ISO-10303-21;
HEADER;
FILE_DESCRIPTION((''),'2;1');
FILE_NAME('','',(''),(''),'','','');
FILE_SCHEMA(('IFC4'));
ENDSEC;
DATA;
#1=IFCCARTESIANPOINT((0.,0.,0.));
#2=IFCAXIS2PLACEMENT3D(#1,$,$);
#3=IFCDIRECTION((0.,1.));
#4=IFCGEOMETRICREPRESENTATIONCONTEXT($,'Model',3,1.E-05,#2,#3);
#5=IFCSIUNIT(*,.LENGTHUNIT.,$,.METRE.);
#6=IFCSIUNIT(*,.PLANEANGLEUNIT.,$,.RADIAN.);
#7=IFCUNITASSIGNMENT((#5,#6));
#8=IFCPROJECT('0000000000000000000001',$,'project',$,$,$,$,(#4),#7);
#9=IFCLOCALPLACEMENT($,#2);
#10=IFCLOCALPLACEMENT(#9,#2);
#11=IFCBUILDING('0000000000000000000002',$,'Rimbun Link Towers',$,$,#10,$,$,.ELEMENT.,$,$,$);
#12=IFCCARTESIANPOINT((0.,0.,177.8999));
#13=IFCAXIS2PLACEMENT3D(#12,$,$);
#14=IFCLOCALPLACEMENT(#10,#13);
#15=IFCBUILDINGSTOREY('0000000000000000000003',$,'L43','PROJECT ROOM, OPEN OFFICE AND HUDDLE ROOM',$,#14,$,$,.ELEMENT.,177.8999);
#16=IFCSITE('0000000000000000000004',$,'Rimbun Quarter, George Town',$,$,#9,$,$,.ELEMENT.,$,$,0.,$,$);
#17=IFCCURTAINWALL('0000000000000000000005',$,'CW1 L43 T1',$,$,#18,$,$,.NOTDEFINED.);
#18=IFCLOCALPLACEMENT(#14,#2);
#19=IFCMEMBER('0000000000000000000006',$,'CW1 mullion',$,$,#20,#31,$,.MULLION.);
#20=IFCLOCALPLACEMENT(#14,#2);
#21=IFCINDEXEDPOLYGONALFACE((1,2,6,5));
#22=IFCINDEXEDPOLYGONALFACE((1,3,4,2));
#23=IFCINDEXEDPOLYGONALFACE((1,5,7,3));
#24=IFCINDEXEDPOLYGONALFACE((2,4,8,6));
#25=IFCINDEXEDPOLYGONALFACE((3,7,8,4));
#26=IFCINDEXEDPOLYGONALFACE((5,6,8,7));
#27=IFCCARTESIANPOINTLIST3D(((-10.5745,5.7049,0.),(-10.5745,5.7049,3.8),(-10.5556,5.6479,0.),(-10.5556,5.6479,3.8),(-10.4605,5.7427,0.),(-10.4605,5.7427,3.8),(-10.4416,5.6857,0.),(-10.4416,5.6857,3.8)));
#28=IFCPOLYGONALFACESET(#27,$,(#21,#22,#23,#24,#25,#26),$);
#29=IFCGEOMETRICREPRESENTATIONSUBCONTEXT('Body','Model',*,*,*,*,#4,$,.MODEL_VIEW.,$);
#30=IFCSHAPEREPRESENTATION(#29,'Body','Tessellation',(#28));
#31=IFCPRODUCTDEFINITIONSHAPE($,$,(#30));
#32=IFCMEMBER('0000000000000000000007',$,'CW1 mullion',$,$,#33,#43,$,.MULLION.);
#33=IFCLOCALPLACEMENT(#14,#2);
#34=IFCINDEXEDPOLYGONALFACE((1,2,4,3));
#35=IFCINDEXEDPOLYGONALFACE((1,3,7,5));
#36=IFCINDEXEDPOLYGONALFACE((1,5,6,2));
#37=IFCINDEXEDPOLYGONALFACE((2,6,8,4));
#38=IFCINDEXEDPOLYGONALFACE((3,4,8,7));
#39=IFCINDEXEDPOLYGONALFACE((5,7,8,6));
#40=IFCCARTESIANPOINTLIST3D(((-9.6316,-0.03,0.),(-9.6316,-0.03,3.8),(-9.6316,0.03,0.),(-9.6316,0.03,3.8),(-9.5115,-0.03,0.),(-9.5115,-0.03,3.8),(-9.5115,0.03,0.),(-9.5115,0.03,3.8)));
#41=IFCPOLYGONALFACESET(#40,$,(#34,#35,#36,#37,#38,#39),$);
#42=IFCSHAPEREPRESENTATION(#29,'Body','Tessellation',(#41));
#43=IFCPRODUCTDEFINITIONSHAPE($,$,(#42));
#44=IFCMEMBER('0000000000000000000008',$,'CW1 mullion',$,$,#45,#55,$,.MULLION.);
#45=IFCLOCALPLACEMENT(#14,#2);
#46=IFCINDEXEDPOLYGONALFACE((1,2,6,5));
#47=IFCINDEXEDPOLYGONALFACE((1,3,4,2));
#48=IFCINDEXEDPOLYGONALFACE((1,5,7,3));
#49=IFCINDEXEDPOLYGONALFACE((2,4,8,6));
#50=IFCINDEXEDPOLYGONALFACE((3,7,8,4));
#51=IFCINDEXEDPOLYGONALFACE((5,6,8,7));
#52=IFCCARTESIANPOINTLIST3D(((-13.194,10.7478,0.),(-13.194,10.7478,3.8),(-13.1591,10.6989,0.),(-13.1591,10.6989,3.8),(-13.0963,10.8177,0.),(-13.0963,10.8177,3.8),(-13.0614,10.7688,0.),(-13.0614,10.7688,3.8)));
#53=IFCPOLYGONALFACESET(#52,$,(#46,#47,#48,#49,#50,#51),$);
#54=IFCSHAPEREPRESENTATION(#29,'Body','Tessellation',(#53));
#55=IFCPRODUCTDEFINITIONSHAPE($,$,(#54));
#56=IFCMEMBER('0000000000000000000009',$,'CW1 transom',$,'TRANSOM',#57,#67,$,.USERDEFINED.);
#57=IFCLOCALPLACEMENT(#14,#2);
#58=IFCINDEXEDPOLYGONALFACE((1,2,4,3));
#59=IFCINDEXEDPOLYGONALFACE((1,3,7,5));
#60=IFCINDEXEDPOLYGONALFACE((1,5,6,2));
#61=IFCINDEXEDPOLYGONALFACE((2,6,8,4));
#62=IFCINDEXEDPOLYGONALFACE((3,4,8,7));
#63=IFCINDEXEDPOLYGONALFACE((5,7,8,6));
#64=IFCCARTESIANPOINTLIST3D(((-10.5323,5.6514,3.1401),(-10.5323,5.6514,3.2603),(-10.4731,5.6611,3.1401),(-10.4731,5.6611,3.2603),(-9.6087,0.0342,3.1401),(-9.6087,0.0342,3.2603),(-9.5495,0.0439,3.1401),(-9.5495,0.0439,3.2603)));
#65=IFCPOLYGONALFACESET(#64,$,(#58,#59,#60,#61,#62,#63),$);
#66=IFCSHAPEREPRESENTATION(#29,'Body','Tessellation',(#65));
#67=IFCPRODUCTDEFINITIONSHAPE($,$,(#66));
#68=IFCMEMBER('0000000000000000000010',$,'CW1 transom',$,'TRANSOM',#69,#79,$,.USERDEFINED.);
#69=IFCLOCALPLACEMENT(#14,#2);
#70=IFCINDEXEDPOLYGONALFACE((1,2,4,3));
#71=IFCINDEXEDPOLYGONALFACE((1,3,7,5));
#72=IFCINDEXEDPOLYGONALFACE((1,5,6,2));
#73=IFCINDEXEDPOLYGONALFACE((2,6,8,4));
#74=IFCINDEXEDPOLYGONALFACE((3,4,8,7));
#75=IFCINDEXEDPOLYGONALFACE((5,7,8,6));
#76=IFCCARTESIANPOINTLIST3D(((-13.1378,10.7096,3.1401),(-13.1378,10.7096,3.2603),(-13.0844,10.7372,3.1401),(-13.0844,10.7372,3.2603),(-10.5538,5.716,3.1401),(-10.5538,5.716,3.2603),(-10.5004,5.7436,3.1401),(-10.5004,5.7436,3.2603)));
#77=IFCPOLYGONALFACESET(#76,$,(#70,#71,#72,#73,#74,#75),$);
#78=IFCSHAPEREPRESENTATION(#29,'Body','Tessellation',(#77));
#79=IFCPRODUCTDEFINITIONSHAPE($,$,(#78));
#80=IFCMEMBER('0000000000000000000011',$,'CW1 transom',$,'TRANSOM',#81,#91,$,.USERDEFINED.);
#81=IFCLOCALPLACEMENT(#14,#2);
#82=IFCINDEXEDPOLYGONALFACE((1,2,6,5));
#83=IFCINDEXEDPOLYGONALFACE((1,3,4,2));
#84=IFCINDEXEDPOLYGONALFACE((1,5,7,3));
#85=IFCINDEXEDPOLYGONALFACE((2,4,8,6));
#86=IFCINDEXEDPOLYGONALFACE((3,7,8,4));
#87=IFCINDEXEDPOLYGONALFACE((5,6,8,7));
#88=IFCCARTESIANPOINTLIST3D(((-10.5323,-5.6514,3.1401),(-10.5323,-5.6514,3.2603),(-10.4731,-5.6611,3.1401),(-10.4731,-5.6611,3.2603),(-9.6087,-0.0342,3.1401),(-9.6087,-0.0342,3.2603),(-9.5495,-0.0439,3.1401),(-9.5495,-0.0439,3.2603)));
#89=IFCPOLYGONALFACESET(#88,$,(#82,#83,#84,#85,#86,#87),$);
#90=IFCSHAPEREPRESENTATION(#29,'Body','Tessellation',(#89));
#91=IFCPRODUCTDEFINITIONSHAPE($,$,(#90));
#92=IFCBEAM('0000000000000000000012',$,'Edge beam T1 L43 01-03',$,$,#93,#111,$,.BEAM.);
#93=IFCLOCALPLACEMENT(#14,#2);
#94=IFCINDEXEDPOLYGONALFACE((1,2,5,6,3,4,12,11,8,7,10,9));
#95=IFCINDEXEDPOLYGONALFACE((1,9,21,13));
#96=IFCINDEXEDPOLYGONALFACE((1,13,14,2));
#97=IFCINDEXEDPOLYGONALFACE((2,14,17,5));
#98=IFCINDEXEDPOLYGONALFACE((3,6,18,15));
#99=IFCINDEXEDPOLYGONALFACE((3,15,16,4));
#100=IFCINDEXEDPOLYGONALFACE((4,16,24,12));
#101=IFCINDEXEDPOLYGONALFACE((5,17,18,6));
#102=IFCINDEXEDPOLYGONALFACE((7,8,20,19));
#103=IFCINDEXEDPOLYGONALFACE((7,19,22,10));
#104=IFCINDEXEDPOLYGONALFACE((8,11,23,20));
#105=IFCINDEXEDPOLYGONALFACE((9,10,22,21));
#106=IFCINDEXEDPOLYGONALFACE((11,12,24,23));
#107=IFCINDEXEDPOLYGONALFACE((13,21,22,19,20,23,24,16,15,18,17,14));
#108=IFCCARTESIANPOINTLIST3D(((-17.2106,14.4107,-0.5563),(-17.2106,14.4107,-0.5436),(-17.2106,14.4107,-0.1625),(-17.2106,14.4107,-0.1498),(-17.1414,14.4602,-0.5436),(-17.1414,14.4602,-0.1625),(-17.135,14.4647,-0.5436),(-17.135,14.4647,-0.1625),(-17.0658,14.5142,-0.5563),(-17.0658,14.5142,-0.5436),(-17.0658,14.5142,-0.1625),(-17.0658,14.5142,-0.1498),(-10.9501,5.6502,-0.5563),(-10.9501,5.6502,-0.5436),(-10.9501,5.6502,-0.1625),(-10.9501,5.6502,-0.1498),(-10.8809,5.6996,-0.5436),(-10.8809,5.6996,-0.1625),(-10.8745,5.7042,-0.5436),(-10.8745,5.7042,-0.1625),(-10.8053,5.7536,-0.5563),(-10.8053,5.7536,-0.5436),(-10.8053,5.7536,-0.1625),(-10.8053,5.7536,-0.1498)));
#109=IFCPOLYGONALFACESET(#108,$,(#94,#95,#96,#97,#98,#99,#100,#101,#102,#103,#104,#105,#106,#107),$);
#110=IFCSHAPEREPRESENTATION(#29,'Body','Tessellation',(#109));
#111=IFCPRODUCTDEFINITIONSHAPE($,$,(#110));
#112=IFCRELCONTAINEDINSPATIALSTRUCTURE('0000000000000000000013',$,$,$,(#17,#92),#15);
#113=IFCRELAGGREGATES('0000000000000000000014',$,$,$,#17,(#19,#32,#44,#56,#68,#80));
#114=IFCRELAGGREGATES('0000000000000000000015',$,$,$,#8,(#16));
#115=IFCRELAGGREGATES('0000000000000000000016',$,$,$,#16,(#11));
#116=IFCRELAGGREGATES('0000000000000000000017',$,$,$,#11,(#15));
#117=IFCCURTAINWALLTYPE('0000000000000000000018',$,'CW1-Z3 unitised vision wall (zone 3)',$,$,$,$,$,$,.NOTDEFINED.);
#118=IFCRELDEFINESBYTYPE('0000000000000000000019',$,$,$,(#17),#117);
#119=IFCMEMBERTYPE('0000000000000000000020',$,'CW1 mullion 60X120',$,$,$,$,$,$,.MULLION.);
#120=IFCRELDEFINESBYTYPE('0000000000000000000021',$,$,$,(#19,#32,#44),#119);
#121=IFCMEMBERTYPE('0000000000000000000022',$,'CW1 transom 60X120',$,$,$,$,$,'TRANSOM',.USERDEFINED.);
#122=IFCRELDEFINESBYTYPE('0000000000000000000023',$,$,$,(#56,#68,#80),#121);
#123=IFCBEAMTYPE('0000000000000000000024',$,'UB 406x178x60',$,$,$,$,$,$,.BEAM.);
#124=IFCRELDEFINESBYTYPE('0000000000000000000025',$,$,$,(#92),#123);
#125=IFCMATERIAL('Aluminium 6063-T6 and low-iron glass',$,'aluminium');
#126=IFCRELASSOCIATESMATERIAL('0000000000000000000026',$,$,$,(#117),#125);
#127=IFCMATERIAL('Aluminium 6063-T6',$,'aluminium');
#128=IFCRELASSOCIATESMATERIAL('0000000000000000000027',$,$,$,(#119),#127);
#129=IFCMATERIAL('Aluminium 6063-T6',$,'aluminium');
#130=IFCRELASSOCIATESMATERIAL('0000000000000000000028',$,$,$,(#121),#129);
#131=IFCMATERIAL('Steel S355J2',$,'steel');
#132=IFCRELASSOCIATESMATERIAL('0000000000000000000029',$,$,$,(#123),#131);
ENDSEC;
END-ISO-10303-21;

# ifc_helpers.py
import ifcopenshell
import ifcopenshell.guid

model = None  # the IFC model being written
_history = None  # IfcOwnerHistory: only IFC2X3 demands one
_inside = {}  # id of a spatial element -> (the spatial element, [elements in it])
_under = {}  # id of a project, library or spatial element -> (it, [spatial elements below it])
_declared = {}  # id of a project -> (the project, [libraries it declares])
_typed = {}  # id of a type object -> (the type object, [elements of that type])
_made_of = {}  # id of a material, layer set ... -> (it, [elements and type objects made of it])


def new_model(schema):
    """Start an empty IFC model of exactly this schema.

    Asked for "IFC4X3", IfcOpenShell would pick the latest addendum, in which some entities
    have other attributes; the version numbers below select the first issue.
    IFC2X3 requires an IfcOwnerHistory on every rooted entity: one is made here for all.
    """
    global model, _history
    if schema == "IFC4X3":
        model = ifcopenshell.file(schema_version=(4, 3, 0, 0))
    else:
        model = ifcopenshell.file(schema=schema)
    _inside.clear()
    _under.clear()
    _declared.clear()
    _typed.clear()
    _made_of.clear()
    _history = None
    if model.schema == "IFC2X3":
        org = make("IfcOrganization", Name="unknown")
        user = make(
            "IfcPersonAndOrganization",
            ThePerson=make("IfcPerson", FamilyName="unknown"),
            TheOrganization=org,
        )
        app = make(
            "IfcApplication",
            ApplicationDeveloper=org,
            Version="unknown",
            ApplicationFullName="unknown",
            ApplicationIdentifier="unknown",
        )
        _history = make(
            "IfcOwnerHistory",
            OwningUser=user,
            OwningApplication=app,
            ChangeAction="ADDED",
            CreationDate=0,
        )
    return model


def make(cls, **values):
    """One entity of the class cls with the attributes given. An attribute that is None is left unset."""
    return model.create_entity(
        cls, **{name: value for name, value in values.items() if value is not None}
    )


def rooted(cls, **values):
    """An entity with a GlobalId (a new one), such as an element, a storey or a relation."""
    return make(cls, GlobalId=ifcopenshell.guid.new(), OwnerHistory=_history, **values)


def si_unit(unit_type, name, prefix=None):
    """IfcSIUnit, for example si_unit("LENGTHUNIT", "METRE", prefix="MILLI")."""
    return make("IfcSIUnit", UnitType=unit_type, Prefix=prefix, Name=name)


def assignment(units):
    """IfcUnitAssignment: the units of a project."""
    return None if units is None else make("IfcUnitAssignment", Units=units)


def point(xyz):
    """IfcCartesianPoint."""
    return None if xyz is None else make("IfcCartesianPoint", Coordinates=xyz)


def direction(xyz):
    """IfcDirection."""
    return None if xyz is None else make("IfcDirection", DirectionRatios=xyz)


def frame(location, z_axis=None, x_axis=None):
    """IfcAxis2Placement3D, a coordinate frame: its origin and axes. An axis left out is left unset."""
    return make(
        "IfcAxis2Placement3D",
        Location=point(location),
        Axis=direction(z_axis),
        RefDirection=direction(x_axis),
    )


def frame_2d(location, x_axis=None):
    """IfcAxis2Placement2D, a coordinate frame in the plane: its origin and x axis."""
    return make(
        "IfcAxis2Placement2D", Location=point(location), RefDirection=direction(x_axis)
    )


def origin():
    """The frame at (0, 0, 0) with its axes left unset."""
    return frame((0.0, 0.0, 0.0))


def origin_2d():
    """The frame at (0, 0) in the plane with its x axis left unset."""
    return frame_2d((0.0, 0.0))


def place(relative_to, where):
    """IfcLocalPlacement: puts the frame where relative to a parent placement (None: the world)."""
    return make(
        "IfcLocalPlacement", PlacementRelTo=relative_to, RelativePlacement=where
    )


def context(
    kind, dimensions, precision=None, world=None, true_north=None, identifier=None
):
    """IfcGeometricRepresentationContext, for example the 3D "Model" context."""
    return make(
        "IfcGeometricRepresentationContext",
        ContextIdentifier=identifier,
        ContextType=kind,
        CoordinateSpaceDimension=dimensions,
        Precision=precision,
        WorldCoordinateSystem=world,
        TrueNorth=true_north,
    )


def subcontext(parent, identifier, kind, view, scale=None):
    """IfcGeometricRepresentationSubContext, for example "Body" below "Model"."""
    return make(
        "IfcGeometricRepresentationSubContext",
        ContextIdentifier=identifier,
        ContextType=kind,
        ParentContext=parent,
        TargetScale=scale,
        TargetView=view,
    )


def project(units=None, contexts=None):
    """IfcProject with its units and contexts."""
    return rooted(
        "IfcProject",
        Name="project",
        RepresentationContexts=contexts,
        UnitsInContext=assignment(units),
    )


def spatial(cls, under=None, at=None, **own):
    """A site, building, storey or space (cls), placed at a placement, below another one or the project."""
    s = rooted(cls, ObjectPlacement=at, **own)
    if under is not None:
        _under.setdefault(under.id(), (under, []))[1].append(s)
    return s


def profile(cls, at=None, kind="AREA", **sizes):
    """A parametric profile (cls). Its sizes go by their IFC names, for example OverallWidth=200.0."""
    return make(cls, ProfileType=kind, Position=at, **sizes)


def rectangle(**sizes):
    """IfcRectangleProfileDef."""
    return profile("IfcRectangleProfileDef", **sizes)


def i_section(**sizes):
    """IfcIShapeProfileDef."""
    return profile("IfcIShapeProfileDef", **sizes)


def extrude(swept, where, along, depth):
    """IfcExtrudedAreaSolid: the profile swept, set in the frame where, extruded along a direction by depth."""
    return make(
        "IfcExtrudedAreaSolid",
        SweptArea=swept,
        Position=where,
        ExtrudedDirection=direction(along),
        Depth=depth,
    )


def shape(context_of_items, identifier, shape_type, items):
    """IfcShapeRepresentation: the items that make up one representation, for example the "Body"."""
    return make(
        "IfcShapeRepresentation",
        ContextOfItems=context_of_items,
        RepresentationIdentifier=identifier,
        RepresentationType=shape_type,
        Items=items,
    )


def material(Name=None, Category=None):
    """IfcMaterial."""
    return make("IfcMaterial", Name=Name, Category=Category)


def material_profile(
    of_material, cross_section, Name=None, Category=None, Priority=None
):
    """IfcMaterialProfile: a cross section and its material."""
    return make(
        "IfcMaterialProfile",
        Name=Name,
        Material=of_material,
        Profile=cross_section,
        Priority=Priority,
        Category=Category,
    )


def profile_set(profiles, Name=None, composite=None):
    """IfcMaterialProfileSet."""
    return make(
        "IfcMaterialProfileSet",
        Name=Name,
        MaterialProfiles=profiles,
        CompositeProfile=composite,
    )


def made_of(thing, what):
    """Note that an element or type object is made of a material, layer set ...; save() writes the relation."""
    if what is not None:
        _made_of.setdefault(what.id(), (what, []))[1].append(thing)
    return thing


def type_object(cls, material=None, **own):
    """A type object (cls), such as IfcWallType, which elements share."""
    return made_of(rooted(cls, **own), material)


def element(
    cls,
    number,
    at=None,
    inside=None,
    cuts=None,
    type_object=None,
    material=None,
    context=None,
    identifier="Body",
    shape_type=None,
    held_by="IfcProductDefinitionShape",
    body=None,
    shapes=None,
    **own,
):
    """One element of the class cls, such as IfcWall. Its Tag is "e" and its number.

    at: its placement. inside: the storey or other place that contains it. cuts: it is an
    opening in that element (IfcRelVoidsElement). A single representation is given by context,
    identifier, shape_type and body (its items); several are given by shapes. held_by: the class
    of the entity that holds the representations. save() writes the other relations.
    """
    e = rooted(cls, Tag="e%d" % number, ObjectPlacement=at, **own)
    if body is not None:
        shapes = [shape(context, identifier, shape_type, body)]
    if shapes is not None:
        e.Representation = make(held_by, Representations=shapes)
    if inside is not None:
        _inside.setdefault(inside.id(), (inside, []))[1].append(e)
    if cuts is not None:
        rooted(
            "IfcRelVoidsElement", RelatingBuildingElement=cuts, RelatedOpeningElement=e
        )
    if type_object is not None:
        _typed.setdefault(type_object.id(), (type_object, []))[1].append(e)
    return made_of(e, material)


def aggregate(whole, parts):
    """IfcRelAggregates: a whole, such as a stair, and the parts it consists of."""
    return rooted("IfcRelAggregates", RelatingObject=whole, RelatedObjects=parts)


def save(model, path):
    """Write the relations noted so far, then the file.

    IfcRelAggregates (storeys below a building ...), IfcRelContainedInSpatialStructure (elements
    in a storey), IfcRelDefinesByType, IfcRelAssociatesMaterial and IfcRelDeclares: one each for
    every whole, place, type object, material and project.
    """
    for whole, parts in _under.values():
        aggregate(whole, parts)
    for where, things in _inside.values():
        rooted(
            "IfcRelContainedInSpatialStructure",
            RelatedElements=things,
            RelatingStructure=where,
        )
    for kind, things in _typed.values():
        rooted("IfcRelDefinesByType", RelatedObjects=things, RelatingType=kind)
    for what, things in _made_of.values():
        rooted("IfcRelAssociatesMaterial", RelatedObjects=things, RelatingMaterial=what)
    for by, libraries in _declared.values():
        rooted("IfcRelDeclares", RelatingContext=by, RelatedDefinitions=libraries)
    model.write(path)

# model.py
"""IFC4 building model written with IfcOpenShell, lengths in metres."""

from ifc_helpers import new_model, si_unit, direction, frame, origin, origin_2d, place, context, subcontext, project, spatial, rectangle, i_section, extrude, material, material_profile, profile_set, type_object, element, aggregate, save


model = new_model("IFC4")

# Units and contexts
model_context = context("Model", 3, precision=1e-05, world=origin(), true_north=direction((0.0, 1.0)))
body_context = subcontext(model_context, "Body", "Model", "MODEL_VIEW")
ifc_project = project(units=[si_unit("LENGTHUNIT", "METRE"), si_unit("PLANEANGLEUNIT", "RADIAN")], contexts=[model_context])

# Site, building, storey
site_placement = place(None, origin())
site = spatial("IfcSite", under=ifc_project, at=site_placement, Name="Rimbun Quarter, George Town", CompositionType="ELEMENT", RefElevation=0.0)
building_placement = place(site_placement, origin())
building = spatial("IfcBuilding", under=site, at=building_placement, Name="Rimbun Link Towers", CompositionType="ELEMENT")
storey_placement = place(building_placement, frame((0.0, 0.0, 177.8999)))
storey = spatial("IfcBuildingStorey", under=building, at=storey_placement, Name="L43", Description="PROJECT ROOM, OPEN OFFICE AND HUDDLE ROOM", CompositionType="ELEMENT", Elevation=177.8999)

# Curtain wall, members
ifc_material_1 = material(Name="Aluminium 6063-T6 and low-iron glass", Category="aluminium")
curtain_wall_type = type_object("IfcCurtainWallType", Name="CW1-Z3 unitised vision wall (zone 3)", PredefinedType="NOTDEFINED", material=ifc_material_1)
curtain_wall_placement = place(storey_placement, origin())
curtain_wall = element("IfcCurtainWall", 1, at=curtain_wall_placement, inside=storey, type_object=curtain_wall_type, Name="CW1 L43 T1", PredefinedType="NOTDEFINED")
ifc_material_2 = material(Name="Aluminium 6063-T6", Category="aluminium")
ifc_material_profile_1 = material_profile(ifc_material_2, rectangle(XDim=0.1201, YDim=0.0601, at=origin_2d()), Name="MULLION 60X120")
ifc_profile_set_1 = profile_set([ifc_material_profile_1], Name="Aluminium 6063-T6")
member_type_1 = type_object("IfcMemberType", Name="CW1 mullion 60X120", PredefinedType="MULLION", material=ifc_profile_set_1)
member_1_placement = place(storey_placement, frame((-10.5081, 5.6953, 0.0), z_axis=(0.0, 0.0, 1.0), x_axis=(0.949161, 0.314791, 0.0)))
member_1 = element("IfcMember", 2, at=member_1_placement, type_object=member_type_1, Name="CW1 mullion", PredefinedType="MULLION", context=body_context, shape_type="SweptSolid", body=[
    extrude(rectangle(XDim=0.1201, YDim=0.0601, at=origin_2d()), origin(), (0.0, 0.0, 1.0), 3.8),
])
member_2_placement = place(storey_placement, frame((-9.5715, 0.0, 0.0), z_axis=(0.0, 0.0, 1.0), x_axis=(1.0, 0.0, 0.0)))
member_2 = element("IfcMember", 3, at=member_2_placement, type_object=member_type_1, Name="CW1 mullion", PredefinedType="MULLION", context=body_context, shape_type="SweptSolid", body=[
    extrude(rectangle(XDim=0.1201, YDim=0.0601, at=origin_2d()), origin(), (0.0, 0.0, 1.0), 3.8),
])
member_3_placement = place(storey_placement, frame((-13.1277, 10.7583, 0.0), z_axis=(0.0, 0.0, 1.0), x_axis=(0.81335, 0.581775, 0.0)))
member_3 = element("IfcMember", 4, at=member_3_placement, type_object=member_type_1, Name="CW1 mullion", PredefinedType="MULLION", context=body_context, shape_type="SweptSolid", body=[
    extrude(rectangle(XDim=0.1201, YDim=0.0601, at=origin_2d()), origin(), (0.0, 0.0, 1.0), 3.8),
])
ifc_material_3 = material(Name="Aluminium 6063-T6", Category="aluminium")
ifc_material_profile_2 = material_profile(ifc_material_3, rectangle(XDim=0.0601, YDim=0.1201, at=origin_2d()), Name="TRANSOM 60X120")
ifc_profile_set_2 = profile_set([ifc_material_profile_2], Name="Aluminium 6063-T6")
member_type_2 = type_object("IfcMemberType", Name="CW1 transom 60X120", ElementType="TRANSOM", PredefinedType="USERDEFINED", material=ifc_profile_set_2)
member_4_placement = place(storey_placement, frame((-10.5027, 5.6562, 3.2002), z_axis=(0.162243, -0.986751, 0.0), x_axis=(0.986751, 0.162243, 0.0)))
member_4 = element("IfcMember", 5, at=member_4_placement, type_object=member_type_2, Name="CW1 transom", ObjectType="TRANSOM", PredefinedType="USERDEFINED", context=body_context, shape_type="SweptSolid", body=[
    extrude(rectangle(XDim=0.0601, YDim=0.1201, at=origin_2d()), origin(), (0.0, 0.0, 1.0), 5.6926),
])
member_5_placement = place(storey_placement, frame((-13.1111, 10.7234, 3.2002), z_axis=(0.459572, -0.888141, 0.0), x_axis=(0.888141, 0.459572, 0.0)))
member_5 = element("IfcMember", 6, at=member_5_placement, type_object=member_type_2, Name="CW1 transom", ObjectType="TRANSOM", PredefinedType="USERDEFINED", context=body_context, shape_type="SweptSolid", body=[
    extrude(rectangle(XDim=0.0601, YDim=0.1201, at=origin_2d()), origin(), (0.0, 0.0, 1.0), 5.6226),
])
member_6_placement = place(storey_placement, frame((-9.5791, -0.0391, 3.2002), z_axis=(-0.162243, -0.986751, 0.0), x_axis=(0.986751, -0.162243, 0.0)))
member_6 = element("IfcMember", 7, at=member_6_placement, type_object=member_type_2, Name="CW1 transom", ObjectType="TRANSOM", PredefinedType="USERDEFINED", context=body_context, shape_type="SweptSolid", body=[
    extrude(rectangle(XDim=0.0601, YDim=0.1201, at=origin_2d()), origin(), (0.0, 0.0, 1.0), 5.6926),
])

# Beam
ifc_material_4 = material(Name="Steel S355J2", Category="steel")
ifc_material_profile_3 = material_profile(ifc_material_4, i_section(OverallWidth=0.178, OverallDepth=0.4065, WebThickness=0.0078, FlangeThickness=0.0127, at=origin_2d()), Name="UB 406x178x60")
ifc_profile_set_3 = profile_set([ifc_material_profile_3], Name="Steel S355J2")
beam_type = type_object("IfcBeamType", Name="UB 406x178x60", PredefinedType="BEAM", material=ifc_profile_set_3)
beam_placement = place(storey_placement, frame((-10.8777, 5.7019, -0.353), z_axis=(-0.581423, 0.813602, 0.0), x_axis=(-0.813602, -0.581423, 0.0)))
element("IfcBeam", 8, at=beam_placement, inside=storey, type_object=beam_type, Name="Edge beam T1 L43 01-03", PredefinedType="BEAM", context=body_context, shape_type="SweptSolid", body=[
    extrude(i_section(OverallWidth=0.178, OverallDepth=0.4065, WebThickness=0.0078, FlangeThickness=0.0127, at=origin_2d()), origin(), (0.0, 0.0, 1.0), 10.7676),
])

aggregate(curtain_wall, [member_1, member_2, member_3, member_4, member_5, member_6])

save(model, "model.ifc")
